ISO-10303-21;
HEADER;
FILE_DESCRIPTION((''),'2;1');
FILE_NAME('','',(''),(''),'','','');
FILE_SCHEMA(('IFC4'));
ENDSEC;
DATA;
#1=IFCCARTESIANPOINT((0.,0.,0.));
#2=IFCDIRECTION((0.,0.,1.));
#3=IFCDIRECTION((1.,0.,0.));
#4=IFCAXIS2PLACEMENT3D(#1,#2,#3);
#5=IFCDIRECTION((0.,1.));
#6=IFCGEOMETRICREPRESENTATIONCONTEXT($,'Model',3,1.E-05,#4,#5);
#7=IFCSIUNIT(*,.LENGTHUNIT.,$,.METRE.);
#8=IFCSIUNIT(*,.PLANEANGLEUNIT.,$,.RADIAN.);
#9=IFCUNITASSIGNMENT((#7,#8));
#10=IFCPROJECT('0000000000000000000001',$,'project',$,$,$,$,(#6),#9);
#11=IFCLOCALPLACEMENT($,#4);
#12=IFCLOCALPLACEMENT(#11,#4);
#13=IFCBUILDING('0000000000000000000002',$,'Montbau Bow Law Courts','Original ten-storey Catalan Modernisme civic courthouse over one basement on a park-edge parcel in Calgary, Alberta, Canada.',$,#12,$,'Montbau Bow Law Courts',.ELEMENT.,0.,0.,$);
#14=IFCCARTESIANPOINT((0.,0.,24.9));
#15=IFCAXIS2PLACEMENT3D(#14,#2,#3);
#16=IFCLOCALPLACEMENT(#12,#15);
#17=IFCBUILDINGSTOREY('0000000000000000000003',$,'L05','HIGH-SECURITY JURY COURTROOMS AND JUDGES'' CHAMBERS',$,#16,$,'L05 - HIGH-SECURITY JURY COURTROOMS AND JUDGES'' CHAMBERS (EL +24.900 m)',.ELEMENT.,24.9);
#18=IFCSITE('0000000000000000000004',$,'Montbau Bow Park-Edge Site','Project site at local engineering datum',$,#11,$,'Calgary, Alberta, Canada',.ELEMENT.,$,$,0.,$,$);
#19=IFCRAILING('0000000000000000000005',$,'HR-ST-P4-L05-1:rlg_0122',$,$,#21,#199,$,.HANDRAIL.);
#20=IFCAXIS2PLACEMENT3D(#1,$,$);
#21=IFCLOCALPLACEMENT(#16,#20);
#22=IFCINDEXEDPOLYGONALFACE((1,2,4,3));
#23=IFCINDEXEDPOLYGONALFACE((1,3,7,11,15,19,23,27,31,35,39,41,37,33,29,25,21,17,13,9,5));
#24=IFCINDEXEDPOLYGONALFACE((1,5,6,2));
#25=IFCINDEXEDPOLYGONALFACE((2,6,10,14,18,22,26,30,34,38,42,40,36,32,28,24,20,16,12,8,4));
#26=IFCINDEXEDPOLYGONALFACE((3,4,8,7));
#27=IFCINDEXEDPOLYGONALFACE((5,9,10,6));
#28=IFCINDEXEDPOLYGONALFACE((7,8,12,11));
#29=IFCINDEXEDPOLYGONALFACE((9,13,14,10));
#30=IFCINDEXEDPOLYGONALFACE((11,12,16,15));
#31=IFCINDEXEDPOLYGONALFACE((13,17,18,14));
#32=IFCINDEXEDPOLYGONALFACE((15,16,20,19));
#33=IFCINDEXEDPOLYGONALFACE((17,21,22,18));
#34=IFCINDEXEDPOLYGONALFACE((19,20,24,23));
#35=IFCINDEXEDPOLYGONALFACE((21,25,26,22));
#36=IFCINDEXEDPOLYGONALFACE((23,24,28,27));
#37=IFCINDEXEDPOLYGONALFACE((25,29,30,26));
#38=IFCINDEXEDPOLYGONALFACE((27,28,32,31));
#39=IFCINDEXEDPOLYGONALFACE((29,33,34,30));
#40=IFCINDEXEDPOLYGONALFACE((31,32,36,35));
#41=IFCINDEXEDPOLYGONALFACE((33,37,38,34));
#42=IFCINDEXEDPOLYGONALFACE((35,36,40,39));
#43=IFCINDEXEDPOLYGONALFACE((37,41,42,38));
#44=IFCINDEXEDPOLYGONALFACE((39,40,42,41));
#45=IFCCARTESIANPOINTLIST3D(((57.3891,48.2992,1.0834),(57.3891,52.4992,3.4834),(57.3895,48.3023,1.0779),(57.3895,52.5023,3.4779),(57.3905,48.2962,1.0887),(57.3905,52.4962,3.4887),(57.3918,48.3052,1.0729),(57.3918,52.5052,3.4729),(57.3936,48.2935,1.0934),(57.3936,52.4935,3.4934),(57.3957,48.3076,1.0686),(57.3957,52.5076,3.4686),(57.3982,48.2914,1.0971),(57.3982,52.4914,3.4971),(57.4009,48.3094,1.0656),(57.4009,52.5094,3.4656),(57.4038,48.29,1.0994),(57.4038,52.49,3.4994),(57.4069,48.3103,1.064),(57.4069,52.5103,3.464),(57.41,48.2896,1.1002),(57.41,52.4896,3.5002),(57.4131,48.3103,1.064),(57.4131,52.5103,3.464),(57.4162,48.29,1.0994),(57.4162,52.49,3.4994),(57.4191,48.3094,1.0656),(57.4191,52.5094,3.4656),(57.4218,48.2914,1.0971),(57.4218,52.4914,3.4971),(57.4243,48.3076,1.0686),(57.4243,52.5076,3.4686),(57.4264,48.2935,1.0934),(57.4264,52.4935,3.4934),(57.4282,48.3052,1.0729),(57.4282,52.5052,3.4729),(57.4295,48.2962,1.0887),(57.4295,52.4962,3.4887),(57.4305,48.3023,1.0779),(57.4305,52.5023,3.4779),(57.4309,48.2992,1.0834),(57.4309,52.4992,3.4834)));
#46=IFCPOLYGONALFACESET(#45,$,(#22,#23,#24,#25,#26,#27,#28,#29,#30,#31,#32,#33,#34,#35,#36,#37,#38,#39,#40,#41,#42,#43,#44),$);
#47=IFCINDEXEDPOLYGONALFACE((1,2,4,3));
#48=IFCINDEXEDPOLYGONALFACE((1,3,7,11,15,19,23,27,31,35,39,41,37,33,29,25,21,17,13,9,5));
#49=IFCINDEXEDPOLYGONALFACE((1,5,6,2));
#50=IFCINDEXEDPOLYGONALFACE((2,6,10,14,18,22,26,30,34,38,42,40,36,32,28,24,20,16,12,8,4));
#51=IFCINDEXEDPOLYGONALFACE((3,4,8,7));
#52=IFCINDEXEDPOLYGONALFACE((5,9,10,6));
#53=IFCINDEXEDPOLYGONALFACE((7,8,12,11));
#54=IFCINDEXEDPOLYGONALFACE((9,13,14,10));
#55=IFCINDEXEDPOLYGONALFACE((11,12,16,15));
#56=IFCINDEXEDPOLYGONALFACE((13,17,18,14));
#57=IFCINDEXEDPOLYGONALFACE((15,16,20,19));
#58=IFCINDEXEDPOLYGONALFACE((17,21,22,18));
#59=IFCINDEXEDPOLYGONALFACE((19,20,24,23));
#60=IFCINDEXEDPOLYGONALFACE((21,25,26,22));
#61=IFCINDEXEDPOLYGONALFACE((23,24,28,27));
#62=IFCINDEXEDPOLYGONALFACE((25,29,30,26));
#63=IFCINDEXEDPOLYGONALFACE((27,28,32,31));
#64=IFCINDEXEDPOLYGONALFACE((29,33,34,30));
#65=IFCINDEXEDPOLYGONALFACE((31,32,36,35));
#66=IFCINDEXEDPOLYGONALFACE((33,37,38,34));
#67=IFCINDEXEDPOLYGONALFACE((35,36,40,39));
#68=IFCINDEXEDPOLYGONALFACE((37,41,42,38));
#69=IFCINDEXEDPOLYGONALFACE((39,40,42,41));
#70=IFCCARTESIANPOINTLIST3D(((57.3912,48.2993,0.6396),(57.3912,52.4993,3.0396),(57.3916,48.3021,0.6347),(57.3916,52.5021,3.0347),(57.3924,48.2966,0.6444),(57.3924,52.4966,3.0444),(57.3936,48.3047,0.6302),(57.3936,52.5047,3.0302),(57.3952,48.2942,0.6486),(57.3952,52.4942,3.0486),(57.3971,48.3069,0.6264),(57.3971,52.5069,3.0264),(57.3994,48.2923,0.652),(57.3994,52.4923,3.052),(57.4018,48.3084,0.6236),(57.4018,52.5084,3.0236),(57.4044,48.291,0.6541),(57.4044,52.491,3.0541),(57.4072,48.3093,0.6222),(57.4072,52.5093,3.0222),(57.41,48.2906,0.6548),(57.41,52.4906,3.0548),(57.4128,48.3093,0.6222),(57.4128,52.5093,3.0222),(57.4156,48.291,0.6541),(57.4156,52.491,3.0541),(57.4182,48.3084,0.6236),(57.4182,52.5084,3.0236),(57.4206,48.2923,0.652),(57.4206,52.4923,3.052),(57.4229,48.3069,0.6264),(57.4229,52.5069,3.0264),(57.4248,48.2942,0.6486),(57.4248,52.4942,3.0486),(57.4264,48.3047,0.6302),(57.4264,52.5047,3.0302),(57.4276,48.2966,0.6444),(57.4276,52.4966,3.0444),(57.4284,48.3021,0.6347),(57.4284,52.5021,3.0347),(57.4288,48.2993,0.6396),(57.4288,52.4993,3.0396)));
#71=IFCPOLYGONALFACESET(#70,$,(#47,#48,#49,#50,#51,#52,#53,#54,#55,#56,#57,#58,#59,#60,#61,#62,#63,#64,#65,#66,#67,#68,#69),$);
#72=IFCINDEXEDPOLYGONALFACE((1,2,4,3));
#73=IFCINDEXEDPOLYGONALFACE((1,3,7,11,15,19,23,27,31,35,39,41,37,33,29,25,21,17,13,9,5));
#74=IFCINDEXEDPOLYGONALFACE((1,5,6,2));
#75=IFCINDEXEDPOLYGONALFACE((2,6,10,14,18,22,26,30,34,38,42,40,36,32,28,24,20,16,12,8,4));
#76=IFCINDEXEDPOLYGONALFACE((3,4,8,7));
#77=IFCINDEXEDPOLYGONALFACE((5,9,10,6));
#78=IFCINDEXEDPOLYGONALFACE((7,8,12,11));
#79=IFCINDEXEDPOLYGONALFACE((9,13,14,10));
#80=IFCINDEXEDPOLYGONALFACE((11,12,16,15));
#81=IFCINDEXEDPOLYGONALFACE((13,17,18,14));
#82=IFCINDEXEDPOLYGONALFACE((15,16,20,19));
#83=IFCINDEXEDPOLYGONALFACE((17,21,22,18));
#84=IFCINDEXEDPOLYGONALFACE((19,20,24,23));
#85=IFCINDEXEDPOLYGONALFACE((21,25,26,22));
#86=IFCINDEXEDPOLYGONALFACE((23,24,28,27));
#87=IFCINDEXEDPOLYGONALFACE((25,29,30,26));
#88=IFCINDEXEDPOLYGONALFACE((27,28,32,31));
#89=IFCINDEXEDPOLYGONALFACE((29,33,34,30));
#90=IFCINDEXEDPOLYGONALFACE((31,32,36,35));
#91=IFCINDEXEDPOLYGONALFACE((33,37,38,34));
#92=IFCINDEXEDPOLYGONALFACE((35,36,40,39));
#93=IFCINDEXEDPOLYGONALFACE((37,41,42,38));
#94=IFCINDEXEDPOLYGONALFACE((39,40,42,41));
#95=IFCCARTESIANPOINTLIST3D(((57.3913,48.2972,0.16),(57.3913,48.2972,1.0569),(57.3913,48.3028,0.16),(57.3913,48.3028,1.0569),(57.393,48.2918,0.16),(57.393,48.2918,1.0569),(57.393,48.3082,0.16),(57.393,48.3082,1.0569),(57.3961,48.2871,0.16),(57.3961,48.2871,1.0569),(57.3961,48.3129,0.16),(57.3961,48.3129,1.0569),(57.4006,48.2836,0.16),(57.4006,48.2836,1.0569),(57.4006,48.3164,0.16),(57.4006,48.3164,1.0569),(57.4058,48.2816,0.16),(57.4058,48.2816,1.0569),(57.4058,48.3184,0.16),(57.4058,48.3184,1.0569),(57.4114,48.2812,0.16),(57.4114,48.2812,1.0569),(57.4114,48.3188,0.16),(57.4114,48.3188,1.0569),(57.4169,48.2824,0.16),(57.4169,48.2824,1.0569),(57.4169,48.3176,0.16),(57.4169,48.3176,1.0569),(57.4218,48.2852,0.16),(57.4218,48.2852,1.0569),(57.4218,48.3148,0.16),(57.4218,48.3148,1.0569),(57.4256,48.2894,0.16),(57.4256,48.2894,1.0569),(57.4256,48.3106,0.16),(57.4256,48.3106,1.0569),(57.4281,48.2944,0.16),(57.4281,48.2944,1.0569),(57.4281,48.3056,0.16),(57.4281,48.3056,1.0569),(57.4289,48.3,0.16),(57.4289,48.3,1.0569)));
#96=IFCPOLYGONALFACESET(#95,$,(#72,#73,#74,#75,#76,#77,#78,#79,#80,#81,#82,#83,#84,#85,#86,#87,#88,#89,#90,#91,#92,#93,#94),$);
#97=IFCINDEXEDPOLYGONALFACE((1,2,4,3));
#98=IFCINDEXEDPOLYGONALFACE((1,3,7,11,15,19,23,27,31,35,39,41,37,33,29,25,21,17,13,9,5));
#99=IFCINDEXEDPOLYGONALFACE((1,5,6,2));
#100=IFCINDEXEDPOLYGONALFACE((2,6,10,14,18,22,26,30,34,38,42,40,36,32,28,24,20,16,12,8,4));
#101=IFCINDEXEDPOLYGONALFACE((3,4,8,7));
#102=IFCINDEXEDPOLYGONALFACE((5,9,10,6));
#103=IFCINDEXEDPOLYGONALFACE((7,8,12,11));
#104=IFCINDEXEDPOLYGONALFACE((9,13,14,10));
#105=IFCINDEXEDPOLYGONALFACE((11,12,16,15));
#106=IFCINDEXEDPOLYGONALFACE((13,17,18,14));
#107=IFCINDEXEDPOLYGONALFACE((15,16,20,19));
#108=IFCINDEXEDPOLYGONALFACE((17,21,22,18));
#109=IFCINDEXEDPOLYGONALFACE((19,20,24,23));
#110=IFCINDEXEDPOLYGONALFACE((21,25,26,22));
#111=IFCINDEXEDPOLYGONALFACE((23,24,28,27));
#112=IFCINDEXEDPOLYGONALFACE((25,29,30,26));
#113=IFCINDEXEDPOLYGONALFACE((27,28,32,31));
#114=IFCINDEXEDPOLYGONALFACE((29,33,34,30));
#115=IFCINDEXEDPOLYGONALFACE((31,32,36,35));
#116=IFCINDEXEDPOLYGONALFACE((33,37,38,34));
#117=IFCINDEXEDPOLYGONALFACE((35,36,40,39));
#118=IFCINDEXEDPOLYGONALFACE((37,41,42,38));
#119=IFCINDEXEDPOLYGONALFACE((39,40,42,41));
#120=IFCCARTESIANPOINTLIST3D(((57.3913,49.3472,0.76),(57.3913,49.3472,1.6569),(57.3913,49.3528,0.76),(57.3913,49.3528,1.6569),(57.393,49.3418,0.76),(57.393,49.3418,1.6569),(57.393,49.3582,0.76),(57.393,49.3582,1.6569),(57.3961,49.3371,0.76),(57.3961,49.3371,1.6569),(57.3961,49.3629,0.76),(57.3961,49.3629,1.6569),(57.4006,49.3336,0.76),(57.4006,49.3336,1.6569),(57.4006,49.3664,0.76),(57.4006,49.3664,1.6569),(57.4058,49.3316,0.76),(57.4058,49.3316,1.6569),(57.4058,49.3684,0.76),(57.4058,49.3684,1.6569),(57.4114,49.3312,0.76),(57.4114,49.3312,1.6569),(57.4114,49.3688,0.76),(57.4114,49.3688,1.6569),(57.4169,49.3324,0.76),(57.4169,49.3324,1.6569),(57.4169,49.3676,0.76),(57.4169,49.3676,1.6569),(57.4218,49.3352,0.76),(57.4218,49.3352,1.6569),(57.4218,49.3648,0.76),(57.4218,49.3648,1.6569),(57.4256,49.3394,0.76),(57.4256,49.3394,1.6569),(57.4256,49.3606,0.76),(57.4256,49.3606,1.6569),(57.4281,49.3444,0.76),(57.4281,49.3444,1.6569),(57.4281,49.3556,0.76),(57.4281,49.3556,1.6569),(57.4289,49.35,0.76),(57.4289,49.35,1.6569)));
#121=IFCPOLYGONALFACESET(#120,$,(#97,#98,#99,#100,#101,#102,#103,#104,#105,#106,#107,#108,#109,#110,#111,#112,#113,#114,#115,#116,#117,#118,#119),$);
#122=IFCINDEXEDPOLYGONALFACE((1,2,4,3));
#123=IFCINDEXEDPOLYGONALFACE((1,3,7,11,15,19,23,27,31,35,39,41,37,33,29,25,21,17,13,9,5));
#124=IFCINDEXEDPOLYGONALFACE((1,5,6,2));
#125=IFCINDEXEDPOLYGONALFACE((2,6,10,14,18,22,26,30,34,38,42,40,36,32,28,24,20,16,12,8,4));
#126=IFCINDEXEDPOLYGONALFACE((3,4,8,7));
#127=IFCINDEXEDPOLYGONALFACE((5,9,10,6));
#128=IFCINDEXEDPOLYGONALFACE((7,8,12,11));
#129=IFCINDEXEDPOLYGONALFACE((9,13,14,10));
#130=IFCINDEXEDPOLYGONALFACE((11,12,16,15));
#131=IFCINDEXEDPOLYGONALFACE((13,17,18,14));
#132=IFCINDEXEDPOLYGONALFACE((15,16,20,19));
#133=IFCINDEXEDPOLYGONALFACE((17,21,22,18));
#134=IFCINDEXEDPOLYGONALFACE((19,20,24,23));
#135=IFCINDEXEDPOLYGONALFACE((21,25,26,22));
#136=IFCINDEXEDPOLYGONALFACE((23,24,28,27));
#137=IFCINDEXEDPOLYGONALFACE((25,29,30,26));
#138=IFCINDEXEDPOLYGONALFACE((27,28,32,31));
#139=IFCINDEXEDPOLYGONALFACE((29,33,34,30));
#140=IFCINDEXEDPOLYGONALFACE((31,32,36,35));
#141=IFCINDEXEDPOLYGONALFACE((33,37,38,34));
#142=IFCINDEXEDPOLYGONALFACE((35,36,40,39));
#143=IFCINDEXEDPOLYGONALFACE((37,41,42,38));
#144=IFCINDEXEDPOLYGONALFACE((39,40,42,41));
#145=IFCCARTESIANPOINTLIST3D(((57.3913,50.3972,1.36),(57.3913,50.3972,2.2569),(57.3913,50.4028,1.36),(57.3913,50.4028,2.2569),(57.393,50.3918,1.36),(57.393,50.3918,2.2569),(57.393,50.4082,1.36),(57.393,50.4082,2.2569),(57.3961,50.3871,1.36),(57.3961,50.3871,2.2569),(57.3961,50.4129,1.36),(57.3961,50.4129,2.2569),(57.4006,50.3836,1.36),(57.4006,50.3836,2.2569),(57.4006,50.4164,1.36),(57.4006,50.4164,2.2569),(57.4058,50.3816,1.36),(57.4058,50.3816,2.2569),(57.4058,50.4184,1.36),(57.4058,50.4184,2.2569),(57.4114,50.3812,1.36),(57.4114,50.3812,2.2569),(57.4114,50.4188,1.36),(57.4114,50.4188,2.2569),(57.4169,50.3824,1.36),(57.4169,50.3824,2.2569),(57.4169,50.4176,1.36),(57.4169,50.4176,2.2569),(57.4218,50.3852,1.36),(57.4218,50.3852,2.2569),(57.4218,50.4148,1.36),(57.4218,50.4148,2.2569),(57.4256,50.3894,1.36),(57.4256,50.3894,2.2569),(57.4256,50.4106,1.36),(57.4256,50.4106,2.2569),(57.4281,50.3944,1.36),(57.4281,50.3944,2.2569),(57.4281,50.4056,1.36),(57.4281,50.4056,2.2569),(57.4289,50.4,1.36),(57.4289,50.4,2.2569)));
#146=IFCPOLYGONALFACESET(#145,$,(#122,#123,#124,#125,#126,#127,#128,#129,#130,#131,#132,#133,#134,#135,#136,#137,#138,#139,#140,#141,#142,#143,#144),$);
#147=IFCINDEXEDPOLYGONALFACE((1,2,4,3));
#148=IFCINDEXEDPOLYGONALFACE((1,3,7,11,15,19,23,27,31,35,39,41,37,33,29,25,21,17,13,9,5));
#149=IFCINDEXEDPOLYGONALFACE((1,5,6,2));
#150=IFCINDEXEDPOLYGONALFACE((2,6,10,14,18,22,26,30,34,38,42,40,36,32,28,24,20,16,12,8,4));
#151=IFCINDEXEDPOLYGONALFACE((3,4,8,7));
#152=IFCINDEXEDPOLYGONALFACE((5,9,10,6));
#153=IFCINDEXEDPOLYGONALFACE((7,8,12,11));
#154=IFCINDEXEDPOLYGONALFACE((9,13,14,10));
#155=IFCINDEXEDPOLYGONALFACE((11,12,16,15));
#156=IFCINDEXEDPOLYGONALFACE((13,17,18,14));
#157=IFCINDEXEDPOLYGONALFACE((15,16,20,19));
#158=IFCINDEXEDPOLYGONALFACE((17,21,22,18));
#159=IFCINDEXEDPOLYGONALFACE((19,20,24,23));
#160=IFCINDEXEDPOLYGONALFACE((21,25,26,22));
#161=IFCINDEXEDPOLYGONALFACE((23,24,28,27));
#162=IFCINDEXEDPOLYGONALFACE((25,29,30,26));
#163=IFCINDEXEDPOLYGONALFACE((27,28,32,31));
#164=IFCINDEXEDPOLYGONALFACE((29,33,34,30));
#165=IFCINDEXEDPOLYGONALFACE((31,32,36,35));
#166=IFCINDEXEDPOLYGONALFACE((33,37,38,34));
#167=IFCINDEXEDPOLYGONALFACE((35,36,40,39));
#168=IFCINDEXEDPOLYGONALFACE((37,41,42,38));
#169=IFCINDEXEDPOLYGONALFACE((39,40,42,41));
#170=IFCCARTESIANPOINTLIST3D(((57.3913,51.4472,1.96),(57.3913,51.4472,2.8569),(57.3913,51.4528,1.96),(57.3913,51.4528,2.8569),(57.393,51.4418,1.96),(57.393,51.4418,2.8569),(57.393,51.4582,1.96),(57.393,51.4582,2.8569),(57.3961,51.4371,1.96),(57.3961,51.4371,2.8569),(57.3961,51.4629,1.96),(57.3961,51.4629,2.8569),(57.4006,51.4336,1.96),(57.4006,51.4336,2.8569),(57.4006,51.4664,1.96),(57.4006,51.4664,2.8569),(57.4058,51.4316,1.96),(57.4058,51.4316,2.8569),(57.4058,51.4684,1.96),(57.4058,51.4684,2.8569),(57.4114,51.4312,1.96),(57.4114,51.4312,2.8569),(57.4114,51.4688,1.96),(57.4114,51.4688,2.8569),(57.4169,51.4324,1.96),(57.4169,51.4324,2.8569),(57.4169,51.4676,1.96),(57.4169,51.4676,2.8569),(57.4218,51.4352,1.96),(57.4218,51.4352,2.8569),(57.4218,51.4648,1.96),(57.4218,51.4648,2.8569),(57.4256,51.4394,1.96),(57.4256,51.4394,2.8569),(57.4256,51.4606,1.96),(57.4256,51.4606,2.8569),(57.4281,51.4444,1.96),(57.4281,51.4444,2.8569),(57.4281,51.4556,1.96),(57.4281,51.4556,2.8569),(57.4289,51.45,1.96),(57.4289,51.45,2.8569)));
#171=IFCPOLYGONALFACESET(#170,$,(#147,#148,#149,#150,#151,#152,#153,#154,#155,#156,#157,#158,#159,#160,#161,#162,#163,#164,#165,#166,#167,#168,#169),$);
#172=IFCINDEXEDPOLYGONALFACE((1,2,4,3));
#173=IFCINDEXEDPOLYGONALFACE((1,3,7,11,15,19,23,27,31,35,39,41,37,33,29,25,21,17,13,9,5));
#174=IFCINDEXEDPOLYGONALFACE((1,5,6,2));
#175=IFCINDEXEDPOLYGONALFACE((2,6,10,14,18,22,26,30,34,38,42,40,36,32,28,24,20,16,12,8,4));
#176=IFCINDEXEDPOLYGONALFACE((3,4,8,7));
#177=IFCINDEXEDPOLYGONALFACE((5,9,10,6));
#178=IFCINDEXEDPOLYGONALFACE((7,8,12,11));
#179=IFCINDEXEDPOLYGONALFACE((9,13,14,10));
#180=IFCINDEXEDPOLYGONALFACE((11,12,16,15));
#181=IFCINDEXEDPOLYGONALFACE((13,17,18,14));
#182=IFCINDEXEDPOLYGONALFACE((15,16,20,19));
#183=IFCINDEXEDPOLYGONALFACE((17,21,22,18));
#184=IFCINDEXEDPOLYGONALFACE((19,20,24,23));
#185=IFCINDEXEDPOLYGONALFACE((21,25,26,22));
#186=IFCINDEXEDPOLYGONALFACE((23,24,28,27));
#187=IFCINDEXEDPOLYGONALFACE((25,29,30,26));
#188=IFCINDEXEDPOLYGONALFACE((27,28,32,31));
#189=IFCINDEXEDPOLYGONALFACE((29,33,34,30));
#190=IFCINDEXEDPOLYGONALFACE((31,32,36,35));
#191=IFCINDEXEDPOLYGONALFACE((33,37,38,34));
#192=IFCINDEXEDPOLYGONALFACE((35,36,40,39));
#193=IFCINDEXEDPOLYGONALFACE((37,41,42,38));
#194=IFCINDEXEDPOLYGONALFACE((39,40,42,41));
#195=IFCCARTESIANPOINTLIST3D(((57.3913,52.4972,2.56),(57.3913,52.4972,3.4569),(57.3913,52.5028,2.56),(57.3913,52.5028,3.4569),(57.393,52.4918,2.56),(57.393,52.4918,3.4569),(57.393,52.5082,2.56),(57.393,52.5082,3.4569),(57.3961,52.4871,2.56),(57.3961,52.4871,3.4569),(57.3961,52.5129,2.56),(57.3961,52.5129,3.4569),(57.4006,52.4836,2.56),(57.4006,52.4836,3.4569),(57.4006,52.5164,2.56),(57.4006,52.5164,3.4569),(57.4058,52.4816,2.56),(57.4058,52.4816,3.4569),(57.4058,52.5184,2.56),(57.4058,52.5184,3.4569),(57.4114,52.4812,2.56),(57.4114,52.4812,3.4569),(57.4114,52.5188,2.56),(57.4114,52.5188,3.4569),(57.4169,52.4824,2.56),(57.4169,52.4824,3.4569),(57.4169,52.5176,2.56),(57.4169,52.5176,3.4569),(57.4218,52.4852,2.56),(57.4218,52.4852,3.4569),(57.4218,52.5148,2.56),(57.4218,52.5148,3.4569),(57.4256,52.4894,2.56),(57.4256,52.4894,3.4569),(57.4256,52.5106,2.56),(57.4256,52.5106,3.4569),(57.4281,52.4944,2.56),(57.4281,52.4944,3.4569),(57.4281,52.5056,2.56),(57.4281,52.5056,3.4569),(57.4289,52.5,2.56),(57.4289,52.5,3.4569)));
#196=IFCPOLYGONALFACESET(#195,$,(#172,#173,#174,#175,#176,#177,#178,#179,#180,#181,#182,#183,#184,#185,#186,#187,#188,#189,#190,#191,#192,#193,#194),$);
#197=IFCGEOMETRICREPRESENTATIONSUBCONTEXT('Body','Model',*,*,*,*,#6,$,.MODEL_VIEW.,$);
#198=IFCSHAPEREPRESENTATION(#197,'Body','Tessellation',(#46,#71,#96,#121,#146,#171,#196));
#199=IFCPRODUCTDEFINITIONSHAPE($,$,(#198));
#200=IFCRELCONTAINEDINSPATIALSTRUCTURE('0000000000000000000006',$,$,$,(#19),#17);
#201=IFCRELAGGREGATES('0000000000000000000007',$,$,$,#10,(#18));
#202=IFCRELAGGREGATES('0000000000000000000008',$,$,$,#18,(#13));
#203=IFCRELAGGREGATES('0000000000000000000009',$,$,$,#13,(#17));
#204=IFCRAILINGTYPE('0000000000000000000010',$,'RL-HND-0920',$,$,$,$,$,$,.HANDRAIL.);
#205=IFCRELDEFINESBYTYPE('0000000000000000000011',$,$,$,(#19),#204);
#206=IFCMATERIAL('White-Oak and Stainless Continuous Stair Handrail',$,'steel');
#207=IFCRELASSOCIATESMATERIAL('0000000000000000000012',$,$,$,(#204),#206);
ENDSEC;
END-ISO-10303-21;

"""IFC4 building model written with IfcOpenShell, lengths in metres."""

from ifc_helpers import new_model, si_unit, direction, frame, origin_with_axes, origin_2d_with_axis, place, context, subcontext, project, spatial, circle, extrude, material, type_object, element, save


model = new_model("IFC4")

# Units and contexts
model_context = context("Model", 3, precision=1e-05, world=origin_with_axes(), true_north=direction((0.0, 1.0)))
body_context = subcontext(model_context, "Body", "Model", "MODEL_VIEW")
ifc_project = project(units=[si_unit("LENGTHUNIT", "METRE"), si_unit("PLANEANGLEUNIT", "RADIAN")], contexts=[model_context])

# Site, building, storey
site_placement = place(None, origin_with_axes())
site = spatial("IfcSite", under=ifc_project, at=site_placement, Name="Montbau Bow Park-Edge Site", Description="Project site at local engineering datum", LongName="Calgary, Alberta, Canada", CompositionType="ELEMENT", RefElevation=0.0)
building_placement = place(site_placement, origin_with_axes())
building = spatial("IfcBuilding", under=site, at=building_placement, Name="Montbau Bow Law Courts", Description="Original ten-storey Catalan Modernisme civic courthouse over one basement on a park-edge parcel in Calgary, Alberta, Canada.", LongName="Montbau Bow Law Courts", CompositionType="ELEMENT", ElevationOfRefHeight=0.0, ElevationOfTerrain=0.0)
storey_placement = place(building_placement, frame((0.0, 0.0, 24.9), z_axis=(0.0, 0.0, 1.0), x_axis=(1.0, 0.0, 0.0)))
storey = spatial("IfcBuildingStorey", under=building, at=storey_placement, Name="L05", Description="HIGH-SECURITY JURY COURTROOMS AND JUDGES' CHAMBERS", LongName="L05 - HIGH-SECURITY JURY COURTROOMS AND JUDGES' CHAMBERS (EL +24.900 m)", CompositionType="ELEMENT", Elevation=24.9)

# Railing
ifc_material_1 = material(Name="White-Oak and Stainless Continuous Stair Handrail", Category="steel")
railing_type_1 = type_object("IfcRailingType", Name="RL-HND-0920", PredefinedType="HANDRAIL", material=ifc_material_1)
railing_1_placement = place(None, origin_with_axes())
element("IfcRailing", 1, at=railing_1_placement, inside=storey, type_object=railing_type_1, Name="HR-ST-P4-L05-1:rlg_0122", PredefinedType="HANDRAIL", context=body_context, shape_type="SweptSolid", body=[
    extrude(circle(Radius=0.021, at=origin_2d_with_axis()), frame((57.41, 48.3, 25.982), z_axis=(0.0, 0.868243, 0.496139), x_axis=(0.0, -0.496139, 0.868243)), (0.0, 0.0, 1.0), 4.8374),
    extrude(circle(Radius=0.0189, at=origin_2d_with_axis()), frame((57.41, 48.3, 25.5384), z_axis=(0.0, 0.868243, 0.496139), x_axis=(0.0, -0.496139, 0.868243)), (0.0, 0.0, 1.0), 4.8374),
    extrude(circle(Radius=0.0189, at=origin_2d_with_axis()), frame((57.41, 48.3, 25.06), z_axis=(0.0, 0.0, 1.0), x_axis=(1.0, 0.0, 0.0)), (0.0, 0.0, 1.0), 0.8969),
    extrude(circle(Radius=0.0189, at=origin_2d_with_axis()), frame((57.41, 49.35, 25.66), z_axis=(0.0, 0.0, 1.0), x_axis=(1.0, 0.0, 0.0)), (0.0, 0.0, 1.0), 0.8969),
    extrude(circle(Radius=0.0189, at=origin_2d_with_axis()), frame((57.41, 50.4, 26.26), z_axis=(0.0, 0.0, 1.0), x_axis=(1.0, 0.0, 0.0)), (0.0, 0.0, 1.0), 0.8969),
    extrude(circle(Radius=0.0189, at=origin_2d_with_axis()), frame((57.41, 51.45, 26.86), z_axis=(0.0, 0.0, 1.0), x_axis=(1.0, 0.0, 0.0)), (0.0, 0.0, 1.0), 0.8969),
    extrude(circle(Radius=0.0189, at=origin_2d_with_axis()), frame((57.41, 52.5, 27.46), z_axis=(0.0, 0.0, 1.0), x_axis=(1.0, 0.0, 0.0)), (0.0, 0.0, 1.0), 0.8969),
])

save(model, "model.ifc")
